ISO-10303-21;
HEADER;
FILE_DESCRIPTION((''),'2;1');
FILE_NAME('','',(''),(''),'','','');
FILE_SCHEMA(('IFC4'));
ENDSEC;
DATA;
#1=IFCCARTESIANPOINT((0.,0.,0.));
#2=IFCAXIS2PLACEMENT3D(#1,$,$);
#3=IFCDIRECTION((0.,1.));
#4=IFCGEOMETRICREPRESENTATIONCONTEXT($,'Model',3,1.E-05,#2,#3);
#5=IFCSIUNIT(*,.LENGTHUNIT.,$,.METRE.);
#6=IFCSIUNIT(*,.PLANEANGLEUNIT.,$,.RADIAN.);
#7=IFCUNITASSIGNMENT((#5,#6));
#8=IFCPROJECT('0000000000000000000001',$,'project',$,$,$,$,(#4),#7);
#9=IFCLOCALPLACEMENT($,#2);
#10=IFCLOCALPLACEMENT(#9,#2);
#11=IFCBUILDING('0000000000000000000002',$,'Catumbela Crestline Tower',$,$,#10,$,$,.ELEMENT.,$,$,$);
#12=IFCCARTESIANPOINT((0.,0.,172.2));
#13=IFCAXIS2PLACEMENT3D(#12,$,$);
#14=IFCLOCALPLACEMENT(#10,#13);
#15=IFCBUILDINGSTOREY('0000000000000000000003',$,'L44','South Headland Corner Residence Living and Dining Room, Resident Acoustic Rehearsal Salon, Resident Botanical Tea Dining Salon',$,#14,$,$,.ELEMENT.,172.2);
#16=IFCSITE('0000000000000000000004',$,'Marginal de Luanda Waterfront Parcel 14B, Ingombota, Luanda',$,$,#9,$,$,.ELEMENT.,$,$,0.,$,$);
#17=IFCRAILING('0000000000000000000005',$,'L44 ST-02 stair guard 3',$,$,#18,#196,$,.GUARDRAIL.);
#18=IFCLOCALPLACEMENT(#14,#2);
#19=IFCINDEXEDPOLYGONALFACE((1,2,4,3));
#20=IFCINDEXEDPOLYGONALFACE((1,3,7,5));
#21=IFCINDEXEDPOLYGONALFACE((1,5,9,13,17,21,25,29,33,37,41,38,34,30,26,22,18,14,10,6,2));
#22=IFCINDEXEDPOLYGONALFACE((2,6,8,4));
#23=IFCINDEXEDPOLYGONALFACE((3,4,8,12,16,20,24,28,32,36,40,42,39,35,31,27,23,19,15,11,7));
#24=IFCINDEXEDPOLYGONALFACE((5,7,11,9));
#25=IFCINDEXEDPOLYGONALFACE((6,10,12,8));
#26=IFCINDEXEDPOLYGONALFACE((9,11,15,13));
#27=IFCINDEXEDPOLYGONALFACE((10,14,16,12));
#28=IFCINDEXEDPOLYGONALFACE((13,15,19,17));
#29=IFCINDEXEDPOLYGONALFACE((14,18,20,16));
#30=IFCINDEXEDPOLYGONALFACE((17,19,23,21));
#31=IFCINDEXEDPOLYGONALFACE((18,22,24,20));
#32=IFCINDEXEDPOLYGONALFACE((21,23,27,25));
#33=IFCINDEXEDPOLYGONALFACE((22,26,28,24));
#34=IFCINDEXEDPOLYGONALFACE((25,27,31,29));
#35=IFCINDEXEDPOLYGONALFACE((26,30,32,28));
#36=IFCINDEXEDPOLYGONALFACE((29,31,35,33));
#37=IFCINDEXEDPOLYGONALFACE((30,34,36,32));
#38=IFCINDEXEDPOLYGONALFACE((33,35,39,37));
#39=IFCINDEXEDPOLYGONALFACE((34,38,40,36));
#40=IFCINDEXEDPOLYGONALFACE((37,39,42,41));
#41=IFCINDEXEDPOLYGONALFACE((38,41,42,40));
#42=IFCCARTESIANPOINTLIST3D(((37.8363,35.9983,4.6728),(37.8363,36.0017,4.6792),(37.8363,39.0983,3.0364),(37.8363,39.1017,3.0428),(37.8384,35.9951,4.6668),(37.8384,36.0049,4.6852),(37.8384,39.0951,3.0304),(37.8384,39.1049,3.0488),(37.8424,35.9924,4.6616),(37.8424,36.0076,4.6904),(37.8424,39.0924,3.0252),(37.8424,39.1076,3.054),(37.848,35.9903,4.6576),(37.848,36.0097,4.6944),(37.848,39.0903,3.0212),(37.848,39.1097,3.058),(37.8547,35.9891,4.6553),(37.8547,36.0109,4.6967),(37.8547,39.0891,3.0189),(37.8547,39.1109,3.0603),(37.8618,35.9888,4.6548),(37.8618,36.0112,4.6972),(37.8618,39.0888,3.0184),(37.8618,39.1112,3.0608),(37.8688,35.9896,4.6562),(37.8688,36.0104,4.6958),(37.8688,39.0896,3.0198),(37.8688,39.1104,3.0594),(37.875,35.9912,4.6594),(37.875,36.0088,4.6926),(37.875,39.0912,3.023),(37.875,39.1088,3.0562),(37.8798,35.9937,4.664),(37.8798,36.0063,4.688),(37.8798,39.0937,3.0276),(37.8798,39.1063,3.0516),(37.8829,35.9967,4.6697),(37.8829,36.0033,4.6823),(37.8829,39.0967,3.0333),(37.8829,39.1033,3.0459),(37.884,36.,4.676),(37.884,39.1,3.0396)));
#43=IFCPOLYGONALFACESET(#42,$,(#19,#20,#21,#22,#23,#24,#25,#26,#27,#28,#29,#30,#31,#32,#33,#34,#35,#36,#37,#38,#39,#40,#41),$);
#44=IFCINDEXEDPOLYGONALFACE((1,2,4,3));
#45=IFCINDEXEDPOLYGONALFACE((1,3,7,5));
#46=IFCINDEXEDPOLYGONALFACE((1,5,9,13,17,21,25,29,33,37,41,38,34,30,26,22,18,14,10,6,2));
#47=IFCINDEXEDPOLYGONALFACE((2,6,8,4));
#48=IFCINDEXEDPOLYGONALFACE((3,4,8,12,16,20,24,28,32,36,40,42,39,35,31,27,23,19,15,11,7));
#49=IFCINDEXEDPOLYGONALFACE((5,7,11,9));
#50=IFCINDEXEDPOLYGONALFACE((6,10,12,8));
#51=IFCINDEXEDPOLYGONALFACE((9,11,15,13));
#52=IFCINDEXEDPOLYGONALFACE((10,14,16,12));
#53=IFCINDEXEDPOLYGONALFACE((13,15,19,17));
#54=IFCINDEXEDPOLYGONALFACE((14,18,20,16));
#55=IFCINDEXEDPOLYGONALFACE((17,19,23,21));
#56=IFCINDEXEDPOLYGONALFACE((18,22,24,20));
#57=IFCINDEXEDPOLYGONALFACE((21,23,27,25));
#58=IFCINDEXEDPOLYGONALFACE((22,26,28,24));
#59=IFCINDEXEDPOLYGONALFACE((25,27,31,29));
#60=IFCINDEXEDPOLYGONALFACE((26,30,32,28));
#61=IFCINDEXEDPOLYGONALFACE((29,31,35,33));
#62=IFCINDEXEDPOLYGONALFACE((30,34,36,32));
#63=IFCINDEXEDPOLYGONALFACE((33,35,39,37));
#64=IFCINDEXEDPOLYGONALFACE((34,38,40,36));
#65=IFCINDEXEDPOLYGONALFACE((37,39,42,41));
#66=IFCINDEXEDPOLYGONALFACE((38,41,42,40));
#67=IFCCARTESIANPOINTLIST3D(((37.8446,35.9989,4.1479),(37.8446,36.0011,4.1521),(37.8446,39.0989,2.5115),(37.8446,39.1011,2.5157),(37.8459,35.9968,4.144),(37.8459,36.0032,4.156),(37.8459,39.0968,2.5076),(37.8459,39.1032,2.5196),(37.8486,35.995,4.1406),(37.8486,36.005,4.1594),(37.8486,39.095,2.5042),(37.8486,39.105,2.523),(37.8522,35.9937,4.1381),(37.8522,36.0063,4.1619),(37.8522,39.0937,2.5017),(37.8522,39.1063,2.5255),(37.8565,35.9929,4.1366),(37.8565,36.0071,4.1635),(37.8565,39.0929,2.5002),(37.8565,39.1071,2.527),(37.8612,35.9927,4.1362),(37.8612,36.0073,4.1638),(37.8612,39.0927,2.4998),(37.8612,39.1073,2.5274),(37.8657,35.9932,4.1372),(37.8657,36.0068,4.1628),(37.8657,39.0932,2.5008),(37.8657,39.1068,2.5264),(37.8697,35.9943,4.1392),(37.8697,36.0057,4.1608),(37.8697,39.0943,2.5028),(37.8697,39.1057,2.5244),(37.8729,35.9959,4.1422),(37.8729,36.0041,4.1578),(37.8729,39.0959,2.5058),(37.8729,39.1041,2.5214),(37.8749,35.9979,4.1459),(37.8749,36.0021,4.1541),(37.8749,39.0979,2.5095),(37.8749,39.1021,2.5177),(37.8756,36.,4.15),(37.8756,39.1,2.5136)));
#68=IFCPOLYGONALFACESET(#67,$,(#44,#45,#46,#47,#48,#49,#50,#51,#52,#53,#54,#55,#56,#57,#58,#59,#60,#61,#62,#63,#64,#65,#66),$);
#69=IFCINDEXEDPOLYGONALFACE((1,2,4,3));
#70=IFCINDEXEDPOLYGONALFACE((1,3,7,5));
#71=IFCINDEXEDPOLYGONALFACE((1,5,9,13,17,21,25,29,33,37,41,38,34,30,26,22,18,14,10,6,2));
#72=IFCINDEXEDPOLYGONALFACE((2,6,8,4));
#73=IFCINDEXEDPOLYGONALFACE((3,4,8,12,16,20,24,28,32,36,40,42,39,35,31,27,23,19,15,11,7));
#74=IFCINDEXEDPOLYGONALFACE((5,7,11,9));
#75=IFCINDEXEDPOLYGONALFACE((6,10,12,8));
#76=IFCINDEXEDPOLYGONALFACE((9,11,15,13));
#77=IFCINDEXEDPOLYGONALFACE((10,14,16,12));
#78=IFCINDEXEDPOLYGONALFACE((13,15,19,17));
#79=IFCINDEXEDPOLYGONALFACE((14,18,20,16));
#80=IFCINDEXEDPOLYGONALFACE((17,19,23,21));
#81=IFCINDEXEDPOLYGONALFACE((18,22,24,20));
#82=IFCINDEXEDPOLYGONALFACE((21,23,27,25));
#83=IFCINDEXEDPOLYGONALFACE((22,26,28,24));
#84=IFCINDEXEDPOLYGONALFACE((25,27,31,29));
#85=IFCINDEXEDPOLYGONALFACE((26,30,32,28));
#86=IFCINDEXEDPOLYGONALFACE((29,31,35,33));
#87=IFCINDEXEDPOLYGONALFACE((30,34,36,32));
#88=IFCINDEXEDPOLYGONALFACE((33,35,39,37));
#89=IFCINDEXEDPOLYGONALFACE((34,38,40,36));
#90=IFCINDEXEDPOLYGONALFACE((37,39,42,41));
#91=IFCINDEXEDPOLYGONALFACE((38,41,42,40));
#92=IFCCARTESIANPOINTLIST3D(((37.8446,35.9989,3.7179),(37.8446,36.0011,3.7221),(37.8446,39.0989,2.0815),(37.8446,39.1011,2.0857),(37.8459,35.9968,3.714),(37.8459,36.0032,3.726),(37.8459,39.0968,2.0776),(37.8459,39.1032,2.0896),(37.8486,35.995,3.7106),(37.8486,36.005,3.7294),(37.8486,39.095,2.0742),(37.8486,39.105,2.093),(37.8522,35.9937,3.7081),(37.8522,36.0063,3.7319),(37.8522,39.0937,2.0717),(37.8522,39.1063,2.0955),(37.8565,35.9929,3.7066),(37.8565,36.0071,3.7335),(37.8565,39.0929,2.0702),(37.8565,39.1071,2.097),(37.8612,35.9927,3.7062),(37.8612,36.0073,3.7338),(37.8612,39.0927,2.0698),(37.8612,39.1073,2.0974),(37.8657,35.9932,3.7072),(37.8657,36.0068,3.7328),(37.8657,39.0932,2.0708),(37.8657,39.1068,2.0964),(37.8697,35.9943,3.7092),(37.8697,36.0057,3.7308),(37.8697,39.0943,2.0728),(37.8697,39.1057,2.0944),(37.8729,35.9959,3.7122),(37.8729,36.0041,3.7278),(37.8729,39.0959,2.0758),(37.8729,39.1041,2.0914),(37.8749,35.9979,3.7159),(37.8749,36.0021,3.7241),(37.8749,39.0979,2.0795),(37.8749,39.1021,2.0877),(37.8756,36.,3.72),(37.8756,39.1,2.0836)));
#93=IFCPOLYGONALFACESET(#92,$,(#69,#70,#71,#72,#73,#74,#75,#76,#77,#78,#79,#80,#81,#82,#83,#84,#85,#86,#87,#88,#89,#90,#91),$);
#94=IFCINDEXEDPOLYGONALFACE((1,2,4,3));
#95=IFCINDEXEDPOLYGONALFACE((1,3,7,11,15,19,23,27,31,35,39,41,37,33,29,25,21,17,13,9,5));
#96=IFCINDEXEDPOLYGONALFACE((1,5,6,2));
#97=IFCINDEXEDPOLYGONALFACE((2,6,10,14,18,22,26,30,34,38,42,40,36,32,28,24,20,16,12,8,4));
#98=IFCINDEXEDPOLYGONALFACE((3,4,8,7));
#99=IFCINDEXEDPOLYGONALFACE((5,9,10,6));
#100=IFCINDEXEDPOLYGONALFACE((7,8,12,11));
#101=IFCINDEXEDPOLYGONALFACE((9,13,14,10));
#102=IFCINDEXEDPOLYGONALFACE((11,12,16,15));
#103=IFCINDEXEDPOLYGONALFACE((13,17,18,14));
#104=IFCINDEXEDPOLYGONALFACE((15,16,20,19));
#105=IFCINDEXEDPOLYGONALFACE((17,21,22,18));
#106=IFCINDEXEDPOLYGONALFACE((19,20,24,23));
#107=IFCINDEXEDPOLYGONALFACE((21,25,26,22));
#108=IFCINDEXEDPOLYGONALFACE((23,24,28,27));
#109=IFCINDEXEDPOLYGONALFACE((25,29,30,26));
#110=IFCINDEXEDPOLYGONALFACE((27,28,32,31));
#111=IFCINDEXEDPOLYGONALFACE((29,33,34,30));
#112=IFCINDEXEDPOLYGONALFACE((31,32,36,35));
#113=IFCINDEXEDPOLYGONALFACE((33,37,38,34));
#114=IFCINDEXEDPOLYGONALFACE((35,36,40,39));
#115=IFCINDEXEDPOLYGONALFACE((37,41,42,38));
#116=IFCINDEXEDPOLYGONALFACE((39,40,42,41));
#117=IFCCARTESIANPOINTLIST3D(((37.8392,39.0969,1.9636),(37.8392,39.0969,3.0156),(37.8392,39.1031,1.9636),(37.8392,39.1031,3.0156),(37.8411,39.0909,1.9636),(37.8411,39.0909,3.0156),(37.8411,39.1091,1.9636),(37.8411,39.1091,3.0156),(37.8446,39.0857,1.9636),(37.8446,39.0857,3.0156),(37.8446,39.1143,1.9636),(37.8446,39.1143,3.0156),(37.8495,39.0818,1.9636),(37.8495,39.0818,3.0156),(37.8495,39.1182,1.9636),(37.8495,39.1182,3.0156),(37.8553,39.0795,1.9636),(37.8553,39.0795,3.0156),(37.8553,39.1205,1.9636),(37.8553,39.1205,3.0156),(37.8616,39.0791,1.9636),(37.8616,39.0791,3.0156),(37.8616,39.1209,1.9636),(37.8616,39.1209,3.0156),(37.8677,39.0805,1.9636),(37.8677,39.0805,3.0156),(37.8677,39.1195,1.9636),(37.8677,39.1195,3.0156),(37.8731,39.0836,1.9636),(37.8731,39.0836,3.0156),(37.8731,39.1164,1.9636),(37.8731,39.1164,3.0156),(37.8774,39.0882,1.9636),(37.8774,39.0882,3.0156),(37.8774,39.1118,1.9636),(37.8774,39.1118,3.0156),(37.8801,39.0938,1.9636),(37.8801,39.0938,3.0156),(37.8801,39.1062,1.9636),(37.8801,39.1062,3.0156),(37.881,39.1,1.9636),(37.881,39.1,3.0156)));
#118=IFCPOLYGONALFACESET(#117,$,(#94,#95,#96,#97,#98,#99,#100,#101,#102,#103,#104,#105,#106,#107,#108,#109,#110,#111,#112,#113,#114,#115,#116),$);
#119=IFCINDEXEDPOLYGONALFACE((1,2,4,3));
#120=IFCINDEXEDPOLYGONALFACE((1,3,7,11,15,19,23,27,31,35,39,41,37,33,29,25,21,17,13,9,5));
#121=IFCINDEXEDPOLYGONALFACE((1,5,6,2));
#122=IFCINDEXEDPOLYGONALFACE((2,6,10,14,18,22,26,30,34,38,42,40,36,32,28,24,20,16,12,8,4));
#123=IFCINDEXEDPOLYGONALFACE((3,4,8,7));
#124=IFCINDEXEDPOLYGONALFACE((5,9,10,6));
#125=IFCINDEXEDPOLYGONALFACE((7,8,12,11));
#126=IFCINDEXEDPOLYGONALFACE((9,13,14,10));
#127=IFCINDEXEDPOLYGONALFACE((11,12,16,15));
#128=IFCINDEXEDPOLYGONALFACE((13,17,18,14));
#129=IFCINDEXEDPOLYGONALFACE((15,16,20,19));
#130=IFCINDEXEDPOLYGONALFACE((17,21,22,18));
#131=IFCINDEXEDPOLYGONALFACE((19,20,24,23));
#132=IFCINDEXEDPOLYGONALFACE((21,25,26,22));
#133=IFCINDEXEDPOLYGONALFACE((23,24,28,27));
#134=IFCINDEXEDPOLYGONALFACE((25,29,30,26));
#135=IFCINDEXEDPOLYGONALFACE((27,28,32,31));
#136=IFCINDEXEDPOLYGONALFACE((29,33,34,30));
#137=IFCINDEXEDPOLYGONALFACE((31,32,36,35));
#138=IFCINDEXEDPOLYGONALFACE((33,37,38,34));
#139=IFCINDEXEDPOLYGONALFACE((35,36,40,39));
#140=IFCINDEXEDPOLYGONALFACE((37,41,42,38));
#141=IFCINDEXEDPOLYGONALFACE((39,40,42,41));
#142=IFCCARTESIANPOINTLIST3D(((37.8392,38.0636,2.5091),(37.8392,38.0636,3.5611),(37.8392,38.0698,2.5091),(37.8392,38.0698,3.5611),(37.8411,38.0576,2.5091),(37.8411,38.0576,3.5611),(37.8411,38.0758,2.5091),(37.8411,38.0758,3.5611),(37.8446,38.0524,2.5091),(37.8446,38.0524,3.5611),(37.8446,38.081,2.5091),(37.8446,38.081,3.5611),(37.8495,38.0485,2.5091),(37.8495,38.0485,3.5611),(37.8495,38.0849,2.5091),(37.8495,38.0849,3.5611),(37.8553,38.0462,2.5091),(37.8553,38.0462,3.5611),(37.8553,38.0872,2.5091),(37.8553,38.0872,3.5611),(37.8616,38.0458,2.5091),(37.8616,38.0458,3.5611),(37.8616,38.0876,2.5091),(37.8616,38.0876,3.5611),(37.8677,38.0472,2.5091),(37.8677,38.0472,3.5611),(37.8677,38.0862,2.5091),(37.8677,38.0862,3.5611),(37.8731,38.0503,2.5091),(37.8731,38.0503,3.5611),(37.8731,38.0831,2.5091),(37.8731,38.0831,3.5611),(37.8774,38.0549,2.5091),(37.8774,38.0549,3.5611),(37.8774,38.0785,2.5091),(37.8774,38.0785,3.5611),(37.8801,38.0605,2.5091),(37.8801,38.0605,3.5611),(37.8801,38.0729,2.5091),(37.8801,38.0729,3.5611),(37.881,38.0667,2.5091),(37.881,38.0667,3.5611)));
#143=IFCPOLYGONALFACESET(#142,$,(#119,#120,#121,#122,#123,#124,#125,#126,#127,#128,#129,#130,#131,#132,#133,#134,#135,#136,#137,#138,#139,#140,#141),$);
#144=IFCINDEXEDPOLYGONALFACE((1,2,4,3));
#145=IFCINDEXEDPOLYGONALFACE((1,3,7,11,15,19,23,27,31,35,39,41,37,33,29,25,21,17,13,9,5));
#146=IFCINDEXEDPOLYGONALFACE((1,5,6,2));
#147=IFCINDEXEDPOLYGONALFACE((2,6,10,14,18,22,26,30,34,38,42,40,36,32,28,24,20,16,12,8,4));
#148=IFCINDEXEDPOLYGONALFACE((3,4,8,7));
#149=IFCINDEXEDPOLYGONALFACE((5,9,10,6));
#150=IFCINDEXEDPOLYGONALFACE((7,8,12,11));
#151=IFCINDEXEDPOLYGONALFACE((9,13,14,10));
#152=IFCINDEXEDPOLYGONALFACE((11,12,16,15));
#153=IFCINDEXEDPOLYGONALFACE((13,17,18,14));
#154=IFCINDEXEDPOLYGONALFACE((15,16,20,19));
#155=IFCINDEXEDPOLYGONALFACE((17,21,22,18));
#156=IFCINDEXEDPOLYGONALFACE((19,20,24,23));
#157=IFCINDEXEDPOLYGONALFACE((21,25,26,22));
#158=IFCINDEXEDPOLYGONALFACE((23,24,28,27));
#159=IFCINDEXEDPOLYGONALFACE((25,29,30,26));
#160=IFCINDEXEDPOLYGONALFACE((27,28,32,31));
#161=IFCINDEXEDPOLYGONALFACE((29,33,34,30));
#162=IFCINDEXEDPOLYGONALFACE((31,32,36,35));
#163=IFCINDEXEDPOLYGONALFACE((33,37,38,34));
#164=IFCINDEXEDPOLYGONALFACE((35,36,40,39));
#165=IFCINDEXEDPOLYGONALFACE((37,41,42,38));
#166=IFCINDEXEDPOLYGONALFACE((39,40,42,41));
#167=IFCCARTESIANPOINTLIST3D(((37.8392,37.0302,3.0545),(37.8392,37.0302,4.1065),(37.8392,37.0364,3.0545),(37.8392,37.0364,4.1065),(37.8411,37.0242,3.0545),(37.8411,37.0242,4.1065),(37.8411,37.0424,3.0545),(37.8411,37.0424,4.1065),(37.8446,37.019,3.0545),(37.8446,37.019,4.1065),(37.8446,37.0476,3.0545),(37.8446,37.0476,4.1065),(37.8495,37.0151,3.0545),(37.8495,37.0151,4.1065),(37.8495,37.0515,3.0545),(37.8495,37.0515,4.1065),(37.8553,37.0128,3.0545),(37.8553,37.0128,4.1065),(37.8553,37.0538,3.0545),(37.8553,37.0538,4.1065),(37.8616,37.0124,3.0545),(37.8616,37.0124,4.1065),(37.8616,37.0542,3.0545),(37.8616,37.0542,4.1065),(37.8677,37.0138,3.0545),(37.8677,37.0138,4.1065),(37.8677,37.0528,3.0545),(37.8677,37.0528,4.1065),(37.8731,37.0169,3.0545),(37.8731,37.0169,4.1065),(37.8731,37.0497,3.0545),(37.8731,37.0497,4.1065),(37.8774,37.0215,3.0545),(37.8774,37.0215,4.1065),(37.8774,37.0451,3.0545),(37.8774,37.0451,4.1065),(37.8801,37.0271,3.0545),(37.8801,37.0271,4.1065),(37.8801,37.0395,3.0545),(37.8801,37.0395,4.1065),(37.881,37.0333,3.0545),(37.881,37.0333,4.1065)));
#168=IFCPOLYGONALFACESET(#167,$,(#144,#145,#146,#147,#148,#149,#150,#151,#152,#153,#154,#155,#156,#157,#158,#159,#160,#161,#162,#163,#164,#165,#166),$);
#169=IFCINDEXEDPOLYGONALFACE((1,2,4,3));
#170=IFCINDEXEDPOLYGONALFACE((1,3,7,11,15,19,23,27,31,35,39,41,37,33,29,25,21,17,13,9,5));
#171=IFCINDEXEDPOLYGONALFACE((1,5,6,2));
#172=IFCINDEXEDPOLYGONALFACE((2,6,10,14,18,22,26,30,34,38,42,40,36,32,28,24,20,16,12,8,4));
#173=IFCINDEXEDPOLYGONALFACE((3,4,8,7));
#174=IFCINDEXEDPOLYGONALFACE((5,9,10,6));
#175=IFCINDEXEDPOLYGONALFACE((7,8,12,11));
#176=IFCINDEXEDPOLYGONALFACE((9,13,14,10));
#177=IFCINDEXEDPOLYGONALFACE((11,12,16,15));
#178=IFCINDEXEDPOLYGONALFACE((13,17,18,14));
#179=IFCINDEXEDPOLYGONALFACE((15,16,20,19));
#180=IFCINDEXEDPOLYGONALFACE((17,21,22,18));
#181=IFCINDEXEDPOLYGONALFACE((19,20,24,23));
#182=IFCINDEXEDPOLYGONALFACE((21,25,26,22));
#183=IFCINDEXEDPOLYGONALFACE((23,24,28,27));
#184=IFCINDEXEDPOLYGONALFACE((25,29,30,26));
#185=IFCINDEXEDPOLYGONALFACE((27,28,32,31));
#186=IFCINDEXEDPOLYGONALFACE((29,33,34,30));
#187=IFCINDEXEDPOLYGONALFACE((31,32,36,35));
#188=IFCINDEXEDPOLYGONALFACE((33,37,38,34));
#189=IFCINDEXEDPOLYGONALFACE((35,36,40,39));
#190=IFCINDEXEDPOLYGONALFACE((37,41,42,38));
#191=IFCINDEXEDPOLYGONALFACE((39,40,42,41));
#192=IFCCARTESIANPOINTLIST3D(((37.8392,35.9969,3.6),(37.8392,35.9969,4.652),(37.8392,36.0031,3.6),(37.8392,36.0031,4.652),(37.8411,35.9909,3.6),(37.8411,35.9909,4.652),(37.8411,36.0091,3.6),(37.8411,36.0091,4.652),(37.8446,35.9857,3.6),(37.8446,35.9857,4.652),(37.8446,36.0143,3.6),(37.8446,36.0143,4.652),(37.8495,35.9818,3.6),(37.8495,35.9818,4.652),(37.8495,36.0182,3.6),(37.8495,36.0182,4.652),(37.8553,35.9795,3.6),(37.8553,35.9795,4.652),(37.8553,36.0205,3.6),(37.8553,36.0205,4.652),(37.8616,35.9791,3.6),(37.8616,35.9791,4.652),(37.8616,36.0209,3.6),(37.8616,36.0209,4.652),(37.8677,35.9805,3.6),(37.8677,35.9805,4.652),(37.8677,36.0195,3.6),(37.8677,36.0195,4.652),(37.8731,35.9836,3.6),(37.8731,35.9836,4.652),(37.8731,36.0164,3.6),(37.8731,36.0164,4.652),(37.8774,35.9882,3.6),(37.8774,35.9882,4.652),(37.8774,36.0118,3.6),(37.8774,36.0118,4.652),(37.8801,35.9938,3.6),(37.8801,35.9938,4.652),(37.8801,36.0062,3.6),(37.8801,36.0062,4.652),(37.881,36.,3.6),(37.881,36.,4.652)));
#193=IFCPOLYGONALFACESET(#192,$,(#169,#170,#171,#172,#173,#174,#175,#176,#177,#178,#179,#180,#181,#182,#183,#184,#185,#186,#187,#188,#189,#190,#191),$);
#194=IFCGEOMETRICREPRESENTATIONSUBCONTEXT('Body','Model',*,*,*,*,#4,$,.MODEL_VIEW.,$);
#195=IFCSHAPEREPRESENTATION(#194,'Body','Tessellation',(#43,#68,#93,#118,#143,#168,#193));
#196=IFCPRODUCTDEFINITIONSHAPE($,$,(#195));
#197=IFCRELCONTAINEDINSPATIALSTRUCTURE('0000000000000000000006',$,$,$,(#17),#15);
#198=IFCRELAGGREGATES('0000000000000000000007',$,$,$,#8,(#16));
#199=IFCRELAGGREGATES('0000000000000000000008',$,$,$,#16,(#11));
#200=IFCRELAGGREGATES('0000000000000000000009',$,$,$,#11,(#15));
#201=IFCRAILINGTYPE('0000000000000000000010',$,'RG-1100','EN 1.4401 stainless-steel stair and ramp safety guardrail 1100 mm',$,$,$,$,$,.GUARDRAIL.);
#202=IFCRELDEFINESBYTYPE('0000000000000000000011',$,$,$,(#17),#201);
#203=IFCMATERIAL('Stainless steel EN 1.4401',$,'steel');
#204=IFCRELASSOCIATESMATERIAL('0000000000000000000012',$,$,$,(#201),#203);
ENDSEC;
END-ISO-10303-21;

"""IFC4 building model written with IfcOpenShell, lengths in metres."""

from ifc_helpers import new_model, si_unit, direction, frame, origin, origin_2d, place, context, subcontext, project, spatial, circle, extrude, material, type_object, element, save


model = new_model("IFC4")

# Units and contexts
model_context = context("Model", 3, precision=1e-05, world=origin(), true_north=direction((0.0, 1.0)))
body_context = subcontext(model_context, "Body", "Model", "MODEL_VIEW")
ifc_project = project(units=[si_unit("LENGTHUNIT", "METRE"), si_unit("PLANEANGLEUNIT", "RADIAN")], contexts=[model_context])

# Site, building, storey
site_placement = place(None, origin())
site = spatial("IfcSite", under=ifc_project, at=site_placement, Name="Marginal de Luanda Waterfront Parcel 14B, Ingombota, Luanda", CompositionType="ELEMENT", RefElevation=0.0)
building_placement = place(site_placement, origin())
building = spatial("IfcBuilding", under=site, at=building_placement, Name="Catumbela Crestline Tower", CompositionType="ELEMENT")
storey_placement = place(building_placement, frame((0.0, 0.0, 172.2)))
storey = spatial("IfcBuildingStorey", under=building, at=storey_placement, Name="L44", Description="South Headland Corner Residence Living and Dining Room, Resident Acoustic Rehearsal Salon, Resident Botanical Tea Dining Salon", CompositionType="ELEMENT", Elevation=172.2)

# Shared definitions
ifc_material_1 = material(Name="Stainless steel EN 1.4401", Category="steel")

# Railing
railing_type_1 = type_object("IfcRailingType", Name="RG-1100", Description="EN 1.4401 stainless-steel stair and ramp safety guardrail 1100 mm", PredefinedType="GUARDRAIL", material=ifc_material_1)
railing_1_placement = place(storey_placement, frame((37.86, 39.1, 1.9636)))
element("IfcRailing", 1, at=railing_1_placement, inside=storey, type_object=railing_type_1, Name="L44 ST-02 stair guard 3", PredefinedType="GUARDRAIL", context=body_context, shape_type="SweptSolid", body=[
    extrude(circle(Radius=0.024, at=origin_2d()), frame((0.0, 0.0, 1.076), z_axis=(0.0, -0.884351, 0.466823), x_axis=(1.0, 0.0, 0.0)), (0.0, 0.0, 1.0), 3.5054),
    extrude(circle(Radius=0.0156, at=origin_2d()), frame((0.0, 0.0, 0.55), z_axis=(0.0, -0.884351, 0.466823), x_axis=(1.0, 0.0, 0.0)), (0.0, 0.0, 1.0), 3.5054),
    extrude(circle(Radius=0.0156, at=origin_2d()), frame((0.0, 0.0, 0.12), z_axis=(0.0, -0.884351, 0.466823), x_axis=(1.0, 0.0, 0.0)), (0.0, 0.0, 1.0), 3.5054),
    extrude(circle(Radius=0.021, at=origin_2d()), origin(), (0.0, 0.0, 1.0), 1.052),
    extrude(circle(Radius=0.021, at=origin_2d()), frame((0.0, -1.0333, 0.5455)), (0.0, 0.0, 1.0), 1.052),
    extrude(circle(Radius=0.021, at=origin_2d()), frame((0.0, -2.0667, 1.0909)), (0.0, 0.0, 1.0), 1.052),
    extrude(circle(Radius=0.021, at=origin_2d()), frame((0.0, -3.1, 1.6364)), (0.0, 0.0, 1.0), 1.052),
])

save(model, "model.ifc")
